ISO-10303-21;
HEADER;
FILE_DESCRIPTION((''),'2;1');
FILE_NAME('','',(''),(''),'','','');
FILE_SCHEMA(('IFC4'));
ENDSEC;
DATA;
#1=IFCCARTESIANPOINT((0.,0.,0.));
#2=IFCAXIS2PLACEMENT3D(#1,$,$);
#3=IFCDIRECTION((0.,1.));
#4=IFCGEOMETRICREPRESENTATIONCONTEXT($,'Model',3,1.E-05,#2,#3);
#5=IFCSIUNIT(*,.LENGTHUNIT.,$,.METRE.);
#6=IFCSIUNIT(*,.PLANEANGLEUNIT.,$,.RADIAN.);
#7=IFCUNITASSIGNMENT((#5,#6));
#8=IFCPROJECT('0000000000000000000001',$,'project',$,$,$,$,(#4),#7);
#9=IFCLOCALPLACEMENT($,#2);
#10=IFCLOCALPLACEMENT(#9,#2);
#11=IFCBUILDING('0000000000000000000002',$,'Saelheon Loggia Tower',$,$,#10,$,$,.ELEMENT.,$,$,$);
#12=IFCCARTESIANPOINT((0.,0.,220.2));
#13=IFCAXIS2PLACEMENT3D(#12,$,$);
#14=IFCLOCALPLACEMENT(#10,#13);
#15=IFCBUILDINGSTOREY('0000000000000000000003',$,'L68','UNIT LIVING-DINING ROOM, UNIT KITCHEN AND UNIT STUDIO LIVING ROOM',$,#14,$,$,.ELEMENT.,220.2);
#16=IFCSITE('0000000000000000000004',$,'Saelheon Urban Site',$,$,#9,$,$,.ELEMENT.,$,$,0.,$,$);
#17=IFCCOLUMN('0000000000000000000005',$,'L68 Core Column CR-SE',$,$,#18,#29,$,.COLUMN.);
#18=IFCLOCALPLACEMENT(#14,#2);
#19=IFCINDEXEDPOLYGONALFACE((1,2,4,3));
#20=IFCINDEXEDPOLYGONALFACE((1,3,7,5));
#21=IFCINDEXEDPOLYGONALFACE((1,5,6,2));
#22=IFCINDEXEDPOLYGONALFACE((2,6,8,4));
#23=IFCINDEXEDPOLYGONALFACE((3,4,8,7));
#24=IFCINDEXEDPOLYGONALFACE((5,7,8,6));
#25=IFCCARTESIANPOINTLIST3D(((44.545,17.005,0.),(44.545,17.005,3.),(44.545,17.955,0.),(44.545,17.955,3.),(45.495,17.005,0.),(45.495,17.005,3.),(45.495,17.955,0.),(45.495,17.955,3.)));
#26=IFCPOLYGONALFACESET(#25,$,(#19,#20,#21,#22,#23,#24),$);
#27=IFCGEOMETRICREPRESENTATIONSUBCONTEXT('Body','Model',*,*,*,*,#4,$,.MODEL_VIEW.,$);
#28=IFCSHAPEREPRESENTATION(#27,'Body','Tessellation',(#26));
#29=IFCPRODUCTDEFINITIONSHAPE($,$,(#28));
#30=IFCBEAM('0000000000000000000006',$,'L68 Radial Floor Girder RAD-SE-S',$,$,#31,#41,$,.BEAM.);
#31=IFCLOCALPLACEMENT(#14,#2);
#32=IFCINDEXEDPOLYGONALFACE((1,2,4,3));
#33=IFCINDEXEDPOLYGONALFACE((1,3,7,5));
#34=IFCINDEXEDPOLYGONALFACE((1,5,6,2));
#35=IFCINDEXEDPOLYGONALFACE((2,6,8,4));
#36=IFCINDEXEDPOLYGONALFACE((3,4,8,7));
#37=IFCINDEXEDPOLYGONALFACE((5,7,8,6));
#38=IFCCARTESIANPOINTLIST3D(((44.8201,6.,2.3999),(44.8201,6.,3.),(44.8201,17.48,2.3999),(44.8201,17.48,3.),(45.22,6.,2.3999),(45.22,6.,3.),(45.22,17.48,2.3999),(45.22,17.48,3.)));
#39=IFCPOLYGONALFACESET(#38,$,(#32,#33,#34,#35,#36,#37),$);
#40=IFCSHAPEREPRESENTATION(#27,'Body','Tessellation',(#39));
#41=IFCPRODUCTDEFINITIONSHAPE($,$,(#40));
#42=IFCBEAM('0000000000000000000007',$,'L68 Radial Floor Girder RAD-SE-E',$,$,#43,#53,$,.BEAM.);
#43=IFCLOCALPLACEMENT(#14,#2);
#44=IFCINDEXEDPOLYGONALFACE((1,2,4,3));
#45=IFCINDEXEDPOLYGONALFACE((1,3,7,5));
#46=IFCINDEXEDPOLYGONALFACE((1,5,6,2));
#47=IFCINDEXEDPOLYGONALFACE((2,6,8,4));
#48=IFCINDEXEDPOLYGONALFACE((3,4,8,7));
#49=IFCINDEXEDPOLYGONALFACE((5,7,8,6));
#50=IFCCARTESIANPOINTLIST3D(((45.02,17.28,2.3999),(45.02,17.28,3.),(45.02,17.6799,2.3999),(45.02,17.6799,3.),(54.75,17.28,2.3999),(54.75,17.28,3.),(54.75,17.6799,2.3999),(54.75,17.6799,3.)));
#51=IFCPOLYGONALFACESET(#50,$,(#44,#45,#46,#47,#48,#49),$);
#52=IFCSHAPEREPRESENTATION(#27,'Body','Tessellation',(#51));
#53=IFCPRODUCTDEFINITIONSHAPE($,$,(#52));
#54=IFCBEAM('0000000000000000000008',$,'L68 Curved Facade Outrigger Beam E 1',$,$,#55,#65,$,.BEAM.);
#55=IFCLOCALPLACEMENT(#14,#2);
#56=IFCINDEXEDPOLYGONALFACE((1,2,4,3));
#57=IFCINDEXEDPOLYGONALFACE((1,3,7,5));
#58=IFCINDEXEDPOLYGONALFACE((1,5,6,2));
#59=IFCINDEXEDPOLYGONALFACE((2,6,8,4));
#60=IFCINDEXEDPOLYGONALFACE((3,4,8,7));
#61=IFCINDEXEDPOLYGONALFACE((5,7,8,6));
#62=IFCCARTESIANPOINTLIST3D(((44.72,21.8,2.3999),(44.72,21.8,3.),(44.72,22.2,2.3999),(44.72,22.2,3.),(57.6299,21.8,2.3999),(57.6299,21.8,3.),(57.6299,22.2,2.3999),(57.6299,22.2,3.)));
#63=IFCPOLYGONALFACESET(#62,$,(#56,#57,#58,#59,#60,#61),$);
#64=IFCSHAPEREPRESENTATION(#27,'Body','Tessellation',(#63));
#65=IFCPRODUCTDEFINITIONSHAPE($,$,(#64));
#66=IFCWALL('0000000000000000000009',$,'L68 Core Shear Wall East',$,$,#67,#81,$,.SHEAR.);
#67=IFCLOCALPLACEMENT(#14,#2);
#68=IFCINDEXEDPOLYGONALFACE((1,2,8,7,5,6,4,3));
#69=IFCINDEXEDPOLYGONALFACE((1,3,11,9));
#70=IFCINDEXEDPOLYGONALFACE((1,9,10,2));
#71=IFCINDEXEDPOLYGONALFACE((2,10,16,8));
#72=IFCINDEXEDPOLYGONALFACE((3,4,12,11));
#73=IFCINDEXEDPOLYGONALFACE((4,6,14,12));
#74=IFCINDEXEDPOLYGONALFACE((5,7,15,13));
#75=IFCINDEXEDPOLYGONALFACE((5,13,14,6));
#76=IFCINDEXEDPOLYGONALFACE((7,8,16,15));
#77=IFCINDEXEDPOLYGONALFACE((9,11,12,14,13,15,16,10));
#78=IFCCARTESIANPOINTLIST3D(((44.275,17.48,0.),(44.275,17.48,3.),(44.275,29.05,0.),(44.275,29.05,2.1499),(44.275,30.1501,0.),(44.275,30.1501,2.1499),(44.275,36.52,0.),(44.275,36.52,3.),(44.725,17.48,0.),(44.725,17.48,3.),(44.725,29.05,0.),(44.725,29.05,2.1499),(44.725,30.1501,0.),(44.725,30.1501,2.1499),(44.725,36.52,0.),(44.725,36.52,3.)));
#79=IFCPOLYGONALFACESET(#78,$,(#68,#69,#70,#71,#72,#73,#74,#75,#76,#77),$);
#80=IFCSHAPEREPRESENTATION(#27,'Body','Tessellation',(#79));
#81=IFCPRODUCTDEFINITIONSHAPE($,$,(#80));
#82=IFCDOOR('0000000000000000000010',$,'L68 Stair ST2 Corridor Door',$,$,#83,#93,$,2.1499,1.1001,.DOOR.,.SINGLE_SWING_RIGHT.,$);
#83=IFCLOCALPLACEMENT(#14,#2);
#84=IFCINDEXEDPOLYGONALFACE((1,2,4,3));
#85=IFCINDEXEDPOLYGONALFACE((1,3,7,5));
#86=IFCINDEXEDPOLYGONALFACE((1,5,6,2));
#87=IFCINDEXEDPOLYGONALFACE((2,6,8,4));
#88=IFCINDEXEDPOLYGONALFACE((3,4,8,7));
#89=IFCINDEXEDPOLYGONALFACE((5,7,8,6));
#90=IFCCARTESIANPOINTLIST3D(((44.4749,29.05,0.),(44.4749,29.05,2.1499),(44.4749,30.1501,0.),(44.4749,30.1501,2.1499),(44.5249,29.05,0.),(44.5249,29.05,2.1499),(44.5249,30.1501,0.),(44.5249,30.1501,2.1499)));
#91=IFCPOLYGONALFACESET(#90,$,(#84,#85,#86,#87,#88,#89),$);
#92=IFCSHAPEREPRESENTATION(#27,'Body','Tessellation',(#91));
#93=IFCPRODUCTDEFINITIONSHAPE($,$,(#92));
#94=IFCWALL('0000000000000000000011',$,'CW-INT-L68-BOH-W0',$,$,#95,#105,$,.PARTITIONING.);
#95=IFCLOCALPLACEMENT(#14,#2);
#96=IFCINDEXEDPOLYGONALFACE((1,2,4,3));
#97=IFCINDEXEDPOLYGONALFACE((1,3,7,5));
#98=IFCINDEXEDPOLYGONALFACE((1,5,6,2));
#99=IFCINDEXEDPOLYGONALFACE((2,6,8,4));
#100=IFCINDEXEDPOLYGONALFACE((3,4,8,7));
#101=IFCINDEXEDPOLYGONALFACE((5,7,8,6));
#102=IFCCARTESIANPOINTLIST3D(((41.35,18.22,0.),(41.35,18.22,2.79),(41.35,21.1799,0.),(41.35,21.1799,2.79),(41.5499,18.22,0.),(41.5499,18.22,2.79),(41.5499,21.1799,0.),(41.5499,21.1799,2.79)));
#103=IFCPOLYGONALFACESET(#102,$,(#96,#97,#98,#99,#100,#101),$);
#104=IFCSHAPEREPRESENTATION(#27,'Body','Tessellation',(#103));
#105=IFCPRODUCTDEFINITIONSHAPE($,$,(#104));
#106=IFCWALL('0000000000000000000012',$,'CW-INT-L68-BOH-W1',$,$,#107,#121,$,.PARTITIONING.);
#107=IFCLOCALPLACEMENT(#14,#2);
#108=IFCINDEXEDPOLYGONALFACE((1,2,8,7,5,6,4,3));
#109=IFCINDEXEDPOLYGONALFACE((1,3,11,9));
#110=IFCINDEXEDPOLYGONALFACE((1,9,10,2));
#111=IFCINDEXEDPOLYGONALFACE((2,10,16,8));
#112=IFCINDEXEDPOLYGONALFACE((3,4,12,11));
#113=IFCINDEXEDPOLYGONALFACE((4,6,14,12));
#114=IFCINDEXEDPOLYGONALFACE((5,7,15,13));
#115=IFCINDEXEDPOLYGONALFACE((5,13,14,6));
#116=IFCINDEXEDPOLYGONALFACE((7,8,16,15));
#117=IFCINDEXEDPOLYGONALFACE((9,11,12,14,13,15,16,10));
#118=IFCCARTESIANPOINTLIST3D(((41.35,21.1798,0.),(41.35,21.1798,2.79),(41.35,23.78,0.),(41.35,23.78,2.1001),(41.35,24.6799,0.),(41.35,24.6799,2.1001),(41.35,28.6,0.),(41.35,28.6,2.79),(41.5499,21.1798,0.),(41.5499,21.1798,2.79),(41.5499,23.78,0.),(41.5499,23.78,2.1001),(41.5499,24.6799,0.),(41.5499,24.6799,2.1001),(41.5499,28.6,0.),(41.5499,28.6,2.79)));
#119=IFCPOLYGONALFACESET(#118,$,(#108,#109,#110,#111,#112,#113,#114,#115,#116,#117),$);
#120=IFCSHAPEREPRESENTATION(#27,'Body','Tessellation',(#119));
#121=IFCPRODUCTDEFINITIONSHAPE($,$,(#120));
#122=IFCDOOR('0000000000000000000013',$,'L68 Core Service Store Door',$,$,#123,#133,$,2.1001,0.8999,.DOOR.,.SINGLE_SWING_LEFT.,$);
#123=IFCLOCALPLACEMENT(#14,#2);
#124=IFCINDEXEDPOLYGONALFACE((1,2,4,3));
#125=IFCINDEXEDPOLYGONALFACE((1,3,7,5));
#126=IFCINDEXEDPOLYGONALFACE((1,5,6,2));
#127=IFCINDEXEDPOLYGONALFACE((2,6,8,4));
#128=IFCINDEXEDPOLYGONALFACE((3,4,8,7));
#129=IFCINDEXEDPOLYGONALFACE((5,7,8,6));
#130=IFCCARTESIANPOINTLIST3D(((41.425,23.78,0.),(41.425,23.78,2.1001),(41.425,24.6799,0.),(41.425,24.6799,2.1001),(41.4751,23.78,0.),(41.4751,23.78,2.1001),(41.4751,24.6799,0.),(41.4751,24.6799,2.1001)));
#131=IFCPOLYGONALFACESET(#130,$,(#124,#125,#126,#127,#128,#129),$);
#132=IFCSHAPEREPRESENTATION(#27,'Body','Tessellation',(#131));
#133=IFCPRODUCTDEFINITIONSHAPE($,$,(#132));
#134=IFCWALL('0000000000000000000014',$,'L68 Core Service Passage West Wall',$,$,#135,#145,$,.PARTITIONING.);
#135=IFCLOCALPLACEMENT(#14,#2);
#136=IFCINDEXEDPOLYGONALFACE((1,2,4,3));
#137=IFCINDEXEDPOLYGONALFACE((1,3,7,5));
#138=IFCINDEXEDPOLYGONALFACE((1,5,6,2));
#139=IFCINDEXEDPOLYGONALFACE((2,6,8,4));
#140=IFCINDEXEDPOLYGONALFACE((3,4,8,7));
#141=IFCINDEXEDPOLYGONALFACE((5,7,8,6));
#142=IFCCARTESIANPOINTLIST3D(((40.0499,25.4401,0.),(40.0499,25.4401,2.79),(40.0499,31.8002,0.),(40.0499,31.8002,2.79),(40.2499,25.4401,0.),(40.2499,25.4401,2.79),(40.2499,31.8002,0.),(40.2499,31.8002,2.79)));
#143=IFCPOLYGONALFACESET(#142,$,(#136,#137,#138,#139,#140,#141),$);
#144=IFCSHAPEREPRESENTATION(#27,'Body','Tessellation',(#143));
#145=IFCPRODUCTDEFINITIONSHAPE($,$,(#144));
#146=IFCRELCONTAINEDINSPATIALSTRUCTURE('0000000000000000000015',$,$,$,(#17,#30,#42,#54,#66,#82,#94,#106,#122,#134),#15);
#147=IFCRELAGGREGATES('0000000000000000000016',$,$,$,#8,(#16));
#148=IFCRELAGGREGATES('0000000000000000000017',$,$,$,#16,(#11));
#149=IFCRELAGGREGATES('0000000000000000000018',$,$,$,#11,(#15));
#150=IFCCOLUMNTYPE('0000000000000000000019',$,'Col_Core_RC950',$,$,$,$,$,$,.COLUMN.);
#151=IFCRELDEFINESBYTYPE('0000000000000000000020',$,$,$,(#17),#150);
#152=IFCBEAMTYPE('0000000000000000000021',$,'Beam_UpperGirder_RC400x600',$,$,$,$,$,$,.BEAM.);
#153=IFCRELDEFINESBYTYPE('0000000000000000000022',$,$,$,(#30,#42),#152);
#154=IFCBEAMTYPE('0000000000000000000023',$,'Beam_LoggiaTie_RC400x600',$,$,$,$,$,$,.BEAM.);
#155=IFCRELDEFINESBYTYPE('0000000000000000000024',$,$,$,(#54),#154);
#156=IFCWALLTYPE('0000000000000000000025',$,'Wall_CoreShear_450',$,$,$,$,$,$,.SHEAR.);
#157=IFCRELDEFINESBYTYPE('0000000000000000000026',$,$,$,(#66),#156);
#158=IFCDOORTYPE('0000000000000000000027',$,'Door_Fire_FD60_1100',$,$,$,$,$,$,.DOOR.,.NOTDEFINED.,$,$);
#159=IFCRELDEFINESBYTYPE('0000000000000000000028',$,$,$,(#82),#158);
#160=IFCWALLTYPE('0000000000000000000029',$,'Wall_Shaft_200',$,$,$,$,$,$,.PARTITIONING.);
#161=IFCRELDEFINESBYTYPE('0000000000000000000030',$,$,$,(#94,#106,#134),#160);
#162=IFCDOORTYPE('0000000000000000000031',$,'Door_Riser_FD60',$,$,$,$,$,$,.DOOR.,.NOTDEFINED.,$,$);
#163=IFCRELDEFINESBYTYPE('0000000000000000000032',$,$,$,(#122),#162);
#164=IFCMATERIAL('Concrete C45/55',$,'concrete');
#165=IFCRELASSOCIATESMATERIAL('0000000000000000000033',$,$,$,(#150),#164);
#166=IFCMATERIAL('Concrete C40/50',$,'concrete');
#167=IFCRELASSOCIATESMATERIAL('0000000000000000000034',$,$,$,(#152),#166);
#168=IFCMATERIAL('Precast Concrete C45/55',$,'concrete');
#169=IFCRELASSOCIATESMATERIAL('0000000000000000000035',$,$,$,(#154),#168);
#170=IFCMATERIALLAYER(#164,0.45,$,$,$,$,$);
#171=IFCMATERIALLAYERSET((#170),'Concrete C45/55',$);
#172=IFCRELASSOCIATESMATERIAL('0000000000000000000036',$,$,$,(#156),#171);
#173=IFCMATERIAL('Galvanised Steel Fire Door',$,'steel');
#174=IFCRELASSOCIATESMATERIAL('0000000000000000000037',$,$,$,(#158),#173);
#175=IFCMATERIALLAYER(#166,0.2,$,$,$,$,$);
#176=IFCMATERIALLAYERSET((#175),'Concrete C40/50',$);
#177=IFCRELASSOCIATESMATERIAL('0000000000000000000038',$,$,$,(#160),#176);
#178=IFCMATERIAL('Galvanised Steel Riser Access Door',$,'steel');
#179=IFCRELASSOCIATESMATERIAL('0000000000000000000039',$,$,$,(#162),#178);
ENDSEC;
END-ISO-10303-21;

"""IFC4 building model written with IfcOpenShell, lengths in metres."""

from ifc_helpers import new_model, si_unit, direction, frame, frame_2d, origin, origin_2d, place, context, subcontext, project, spatial, rectangle, extrude, source, transform, mapped, material, layer, layer_set, material_profile, profile_set, type_object, element, fill, save


model = new_model("IFC4")

# Units and contexts
model_context = context("Model", 3, precision=1e-05, world=origin(), true_north=direction((0.0, 1.0)))
body_context = subcontext(model_context, "Body", "Model", "MODEL_VIEW")
ifc_project = project(units=[si_unit("LENGTHUNIT", "METRE"), si_unit("PLANEANGLEUNIT", "RADIAN")], contexts=[model_context])

# Site, building, storey
site_placement = place(None, origin())
site = spatial("IfcSite", under=ifc_project, at=site_placement, Name="Saelheon Urban Site", CompositionType="ELEMENT", RefElevation=0.0)
building_placement = place(site_placement, origin())
building = spatial("IfcBuilding", under=site, at=building_placement, Name="Saelheon Loggia Tower", CompositionType="ELEMENT")
storey_placement = place(building_placement, frame((0.0, 0.0, 220.2)))
storey = spatial("IfcBuildingStorey", under=building, at=storey_placement, Name="L68", Description="UNIT LIVING-DINING ROOM, UNIT KITCHEN AND UNIT STUDIO LIVING ROOM", CompositionType="ELEMENT", Elevation=220.2)

# Column
ifc_material_1 = material(Name="Concrete C45/55", Category="concrete")
ifc_material_profile_1 = material_profile(ifc_material_1, rectangle(XDim=0.95, YDim=0.95, at=origin_2d()), Name="RC-950x950")
ifc_profile_set_1 = profile_set([ifc_material_profile_1], Name="Concrete C45/55")
column_type = type_object("IfcColumnType", Name="Col_Core_RC950", PredefinedType="COLUMN", material=ifc_profile_set_1)
shared_shape_1 = source(origin(), body_context, "Body", "SweptSolid", [
    extrude(rectangle(XDim=0.95, YDim=0.95, at=origin_2d()), origin(), (0.0, 0.0, 1.0), 3.0),
])
column_placement = place(storey_placement, frame((45.02, 17.48, 0.0), z_axis=(0.0, 0.0, 1.0), x_axis=(1.0, 0.0, 0.0)))
element("IfcColumn", 1, at=column_placement, inside=storey, type_object=column_type, Name="L68 Core Column CR-SE", PredefinedType="COLUMN", context=body_context, shape_type="MappedRepresentation", body=[
    mapped(shared_shape_1, transform((0.0, 0.0, 0.0), scale=1.0)),
])

# Beams
ifc_material_2 = material(Name="Concrete C40/50", Category="concrete")
ifc_material_profile_2 = material_profile(ifc_material_2, rectangle(XDim=0.3999, YDim=0.6001, at=origin_2d()), Name="RC-400x600")
ifc_profile_set_2 = profile_set([ifc_material_profile_2], Name="Concrete C40/50")
beam_type_1 = type_object("IfcBeamType", Name="Beam_UpperGirder_RC400x600", PredefinedType="BEAM", material=ifc_profile_set_2)
shared_shape_2 = source(origin(), body_context, "Body", "SweptSolid", [
    extrude(rectangle(XDim=0.3999, YDim=0.6001, at=origin_2d()), origin(), (0.0, 0.0, 1.0), 11.48),
])
beam_1_placement = place(storey_placement, frame((45.02, 17.48, 2.7), z_axis=(0.0, -1.0, 0.0), x_axis=(1.0, 0.0, 0.0)))
element("IfcBeam", 2, at=beam_1_placement, inside=storey, type_object=beam_type_1, Name="L68 Radial Floor Girder RAD-SE-S", PredefinedType="BEAM", context=body_context, shape_type="MappedRepresentation", body=[
    mapped(shared_shape_2, transform((0.0, 0.0, 0.0), scale=1.0)),
])
shared_shape_3 = source(origin(), body_context, "Body", "SweptSolid", [
    extrude(rectangle(XDim=0.3999, YDim=0.6001, at=origin_2d()), origin(), (0.0, 0.0, 1.0), 9.73),
])
beam_2_placement = place(storey_placement, frame((45.02, 17.48, 2.7), z_axis=(1.0, 0.0, 0.0), x_axis=(0.0, 1.0, 0.0)))
element("IfcBeam", 3, at=beam_2_placement, inside=storey, type_object=beam_type_1, Name="L68 Radial Floor Girder RAD-SE-E", PredefinedType="BEAM", context=body_context, shape_type="MappedRepresentation", body=[
    mapped(shared_shape_3, transform((0.0, 0.0, 0.0), scale=1.0)),
])
ifc_material_3 = material(Name="Precast Concrete C45/55", Category="concrete")
ifc_material_profile_3 = material_profile(ifc_material_3, rectangle(XDim=0.3999, YDim=0.6001, at=origin_2d()), Name="RC-400x600")
ifc_profile_set_3 = profile_set([ifc_material_profile_3], Name="Precast Concrete C45/55")
beam_type_2 = type_object("IfcBeamType", Name="Beam_LoggiaTie_RC400x600", PredefinedType="BEAM", material=ifc_profile_set_3)
shared_shape_4 = source(origin(), body_context, "Body", "SweptSolid", [
    extrude(rectangle(XDim=0.3999, YDim=0.6001, at=origin_2d()), origin(), (0.0, 0.0, 1.0), 12.9099),
])
beam_3_placement = place(storey_placement, frame((44.72, 22.0, 2.7), z_axis=(1.0, 0.0, 0.0), x_axis=(0.0, 1.0, 0.0)))
element("IfcBeam", 4, at=beam_3_placement, inside=storey, type_object=beam_type_2, Name="L68 Curved Facade Outrigger Beam E 1", PredefinedType="BEAM", context=body_context, shape_type="MappedRepresentation", body=[
    mapped(shared_shape_4, transform((0.0, 0.0, 0.0), scale=1.0)),
])

# Wall, opening, door
ifc_layer_1 = layer(ifc_material_1, 0.45)
ifc_layer_set_1 = layer_set([ifc_layer_1], Name="Concrete C45/55")
wall_type_1 = type_object("IfcWallType", Name="Wall_CoreShear_450", PredefinedType="SHEAR", material=ifc_layer_set_1)
wall_1_placement = place(storey_placement, frame((44.5, 17.48, 0.0), z_axis=(0.0, 0.0, 1.0), x_axis=(0.0, 1.0, 0.0)))
wall_1 = element("IfcWall", 5, at=wall_1_placement, inside=storey, type_object=wall_type_1, Name="L68 Core Shear Wall East", PredefinedType="SHEAR", context=body_context, shape_type="SweptSolid", body=[
    extrude(rectangle(XDim=19.04, YDim=0.45, at=frame_2d((9.52, 0.0))), origin(), (0.0, 0.0, 1.0), 3.0),
])
opening_1_placement = place(wall_1_placement, frame((12.6702, 0.0, 0.0), z_axis=(0.0, 0.0, 1.0), x_axis=(-1.0, 0.0, 0.0)))
opening_1 = element("IfcOpeningElement", 6, at=opening_1_placement, cuts=wall_1, PredefinedType="OPENING", context=body_context, shape_type="SweptSolid", body=[
    extrude(rectangle(XDim=1.1001, YDim=2.1499, at=frame_2d((0.55, 1.075))), frame((0.0, 0.2371, 0.0), z_axis=(0.0, -1.0, 0.0), x_axis=(1.0, 0.0, 0.0)), (0.0, 0.0, 1.0), 0.4739),
])
ifc_material_4 = material(Name="Galvanised Steel Fire Door", Category="steel")
door_type_1 = type_object("IfcDoorType", Name="Door_Fire_FD60_1100", OperationType="NOTDEFINED", PredefinedType="DOOR", material=ifc_material_4)
shared_shape_5 = source(origin(), body_context, "Body", "SweptSolid", [
    extrude(rectangle(XDim=1.1001, YDim=2.1499, at=frame_2d((0.55, 1.075))), frame((0.0, 0.0249, 0.0), z_axis=(0.0, -1.0, 0.0), x_axis=(1.0, 0.0, 0.0)), (0.0, 0.0, 1.0), 0.05),
])
door_1_placement = place(opening_1_placement, origin())
door_1 = element("IfcDoor", 7, at=door_1_placement, inside=storey, type_object=door_type_1, Name="L68 Stair ST2 Corridor Door", OperationType="SINGLE_SWING_RIGHT", OverallHeight=2.1499, OverallWidth=1.1001, PredefinedType="DOOR", context=body_context, shape_type="MappedRepresentation", body=[
    mapped(shared_shape_5, transform((0.0, 0.0, 0.0), scale=1.0)),
])
fill(opening_1, door_1)

# Wall
ifc_layer_2 = layer(ifc_material_2, 0.2)
ifc_layer_set_2 = layer_set([ifc_layer_2], Name="Concrete C40/50")
wall_type_2 = type_object("IfcWallType", Name="Wall_Shaft_200", PredefinedType="PARTITIONING", material=ifc_layer_set_2)
wall_2_placement = place(storey_placement, frame((41.45, 18.22, 0.0), z_axis=(0.0, 0.0, 1.0), x_axis=(0.0, 1.0, 0.0)))
element("IfcWall", 8, at=wall_2_placement, inside=storey, type_object=wall_type_2, Name="CW-INT-L68-BOH-W0", PredefinedType="PARTITIONING", context=body_context, shape_type="SweptSolid", body=[
    extrude(rectangle(XDim=2.96, YDim=0.2, at=frame_2d((1.48, 0.0))), origin(), (0.0, 0.0, 1.0), 2.79),
])

# Wall, opening, door
wall_3_placement = place(storey_placement, frame((41.45, 21.1799, 0.0), z_axis=(0.0, 0.0, 1.0), x_axis=(0.0, 1.0, 0.0)))
wall_3 = element("IfcWall", 9, at=wall_3_placement, inside=storey, type_object=wall_type_2, Name="CW-INT-L68-BOH-W1", PredefinedType="PARTITIONING", context=body_context, shape_type="SweptSolid", body=[
    extrude(rectangle(XDim=7.4202, YDim=0.2, at=frame_2d((3.71, 0.0))), origin(), (0.0, 0.0, 1.0), 2.79),
])
opening_2_placement = place(wall_3_placement, frame((2.6001, 0.0, 0.0)))
opening_2 = element("IfcOpeningElement", 10, at=opening_2_placement, cuts=wall_3, PredefinedType="OPENING", context=body_context, shape_type="SweptSolid", body=[
    extrude(rectangle(XDim=0.8999, YDim=2.1001, at=frame_2d((0.45, 1.05))), frame((0.0, 0.1121, 0.0), z_axis=(0.0, -1.0, 0.0), x_axis=(1.0, 0.0, 0.0)), (0.0, 0.0, 1.0), 0.2239),
])
ifc_material_5 = material(Name="Galvanised Steel Riser Access Door", Category="steel")
door_type_2 = type_object("IfcDoorType", Name="Door_Riser_FD60", OperationType="NOTDEFINED", PredefinedType="DOOR", material=ifc_material_5)
shared_shape_6 = source(origin(), body_context, "Body", "SweptSolid", [
    extrude(rectangle(XDim=0.8999, YDim=2.1001, at=frame_2d((0.45, 1.05))), frame((0.0, 0.0249, 0.0), z_axis=(0.0, -1.0, 0.0), x_axis=(1.0, 0.0, 0.0)), (0.0, 0.0, 1.0), 0.05),
])
door_2_placement = place(opening_2_placement, origin())
door_2 = element("IfcDoor", 11, at=door_2_placement, inside=storey, type_object=door_type_2, Name="L68 Core Service Store Door", OperationType="SINGLE_SWING_LEFT", OverallHeight=2.1001, OverallWidth=0.8999, PredefinedType="DOOR", context=body_context, shape_type="MappedRepresentation", body=[
    mapped(shared_shape_6, transform((0.0, 0.0, 0.0), scale=1.0)),
])
fill(opening_2, door_2)

# Wall
wall_4_placement = place(storey_placement, frame((40.1499, 25.4399, 0.0), z_axis=(0.0, 0.0, 1.0), x_axis=(0.0, 1.0, 0.0)))
element("IfcWall", 12, at=wall_4_placement, inside=storey, type_object=wall_type_2, Name="L68 Core Service Passage West Wall", PredefinedType="PARTITIONING", context=body_context, shape_type="SweptSolid", body=[
    extrude(rectangle(XDim=6.3601, YDim=0.2, at=frame_2d((3.1802, 0.0))), origin(), (0.0, 0.0, 1.0), 2.79),
])

save(model, "model.ifc")
